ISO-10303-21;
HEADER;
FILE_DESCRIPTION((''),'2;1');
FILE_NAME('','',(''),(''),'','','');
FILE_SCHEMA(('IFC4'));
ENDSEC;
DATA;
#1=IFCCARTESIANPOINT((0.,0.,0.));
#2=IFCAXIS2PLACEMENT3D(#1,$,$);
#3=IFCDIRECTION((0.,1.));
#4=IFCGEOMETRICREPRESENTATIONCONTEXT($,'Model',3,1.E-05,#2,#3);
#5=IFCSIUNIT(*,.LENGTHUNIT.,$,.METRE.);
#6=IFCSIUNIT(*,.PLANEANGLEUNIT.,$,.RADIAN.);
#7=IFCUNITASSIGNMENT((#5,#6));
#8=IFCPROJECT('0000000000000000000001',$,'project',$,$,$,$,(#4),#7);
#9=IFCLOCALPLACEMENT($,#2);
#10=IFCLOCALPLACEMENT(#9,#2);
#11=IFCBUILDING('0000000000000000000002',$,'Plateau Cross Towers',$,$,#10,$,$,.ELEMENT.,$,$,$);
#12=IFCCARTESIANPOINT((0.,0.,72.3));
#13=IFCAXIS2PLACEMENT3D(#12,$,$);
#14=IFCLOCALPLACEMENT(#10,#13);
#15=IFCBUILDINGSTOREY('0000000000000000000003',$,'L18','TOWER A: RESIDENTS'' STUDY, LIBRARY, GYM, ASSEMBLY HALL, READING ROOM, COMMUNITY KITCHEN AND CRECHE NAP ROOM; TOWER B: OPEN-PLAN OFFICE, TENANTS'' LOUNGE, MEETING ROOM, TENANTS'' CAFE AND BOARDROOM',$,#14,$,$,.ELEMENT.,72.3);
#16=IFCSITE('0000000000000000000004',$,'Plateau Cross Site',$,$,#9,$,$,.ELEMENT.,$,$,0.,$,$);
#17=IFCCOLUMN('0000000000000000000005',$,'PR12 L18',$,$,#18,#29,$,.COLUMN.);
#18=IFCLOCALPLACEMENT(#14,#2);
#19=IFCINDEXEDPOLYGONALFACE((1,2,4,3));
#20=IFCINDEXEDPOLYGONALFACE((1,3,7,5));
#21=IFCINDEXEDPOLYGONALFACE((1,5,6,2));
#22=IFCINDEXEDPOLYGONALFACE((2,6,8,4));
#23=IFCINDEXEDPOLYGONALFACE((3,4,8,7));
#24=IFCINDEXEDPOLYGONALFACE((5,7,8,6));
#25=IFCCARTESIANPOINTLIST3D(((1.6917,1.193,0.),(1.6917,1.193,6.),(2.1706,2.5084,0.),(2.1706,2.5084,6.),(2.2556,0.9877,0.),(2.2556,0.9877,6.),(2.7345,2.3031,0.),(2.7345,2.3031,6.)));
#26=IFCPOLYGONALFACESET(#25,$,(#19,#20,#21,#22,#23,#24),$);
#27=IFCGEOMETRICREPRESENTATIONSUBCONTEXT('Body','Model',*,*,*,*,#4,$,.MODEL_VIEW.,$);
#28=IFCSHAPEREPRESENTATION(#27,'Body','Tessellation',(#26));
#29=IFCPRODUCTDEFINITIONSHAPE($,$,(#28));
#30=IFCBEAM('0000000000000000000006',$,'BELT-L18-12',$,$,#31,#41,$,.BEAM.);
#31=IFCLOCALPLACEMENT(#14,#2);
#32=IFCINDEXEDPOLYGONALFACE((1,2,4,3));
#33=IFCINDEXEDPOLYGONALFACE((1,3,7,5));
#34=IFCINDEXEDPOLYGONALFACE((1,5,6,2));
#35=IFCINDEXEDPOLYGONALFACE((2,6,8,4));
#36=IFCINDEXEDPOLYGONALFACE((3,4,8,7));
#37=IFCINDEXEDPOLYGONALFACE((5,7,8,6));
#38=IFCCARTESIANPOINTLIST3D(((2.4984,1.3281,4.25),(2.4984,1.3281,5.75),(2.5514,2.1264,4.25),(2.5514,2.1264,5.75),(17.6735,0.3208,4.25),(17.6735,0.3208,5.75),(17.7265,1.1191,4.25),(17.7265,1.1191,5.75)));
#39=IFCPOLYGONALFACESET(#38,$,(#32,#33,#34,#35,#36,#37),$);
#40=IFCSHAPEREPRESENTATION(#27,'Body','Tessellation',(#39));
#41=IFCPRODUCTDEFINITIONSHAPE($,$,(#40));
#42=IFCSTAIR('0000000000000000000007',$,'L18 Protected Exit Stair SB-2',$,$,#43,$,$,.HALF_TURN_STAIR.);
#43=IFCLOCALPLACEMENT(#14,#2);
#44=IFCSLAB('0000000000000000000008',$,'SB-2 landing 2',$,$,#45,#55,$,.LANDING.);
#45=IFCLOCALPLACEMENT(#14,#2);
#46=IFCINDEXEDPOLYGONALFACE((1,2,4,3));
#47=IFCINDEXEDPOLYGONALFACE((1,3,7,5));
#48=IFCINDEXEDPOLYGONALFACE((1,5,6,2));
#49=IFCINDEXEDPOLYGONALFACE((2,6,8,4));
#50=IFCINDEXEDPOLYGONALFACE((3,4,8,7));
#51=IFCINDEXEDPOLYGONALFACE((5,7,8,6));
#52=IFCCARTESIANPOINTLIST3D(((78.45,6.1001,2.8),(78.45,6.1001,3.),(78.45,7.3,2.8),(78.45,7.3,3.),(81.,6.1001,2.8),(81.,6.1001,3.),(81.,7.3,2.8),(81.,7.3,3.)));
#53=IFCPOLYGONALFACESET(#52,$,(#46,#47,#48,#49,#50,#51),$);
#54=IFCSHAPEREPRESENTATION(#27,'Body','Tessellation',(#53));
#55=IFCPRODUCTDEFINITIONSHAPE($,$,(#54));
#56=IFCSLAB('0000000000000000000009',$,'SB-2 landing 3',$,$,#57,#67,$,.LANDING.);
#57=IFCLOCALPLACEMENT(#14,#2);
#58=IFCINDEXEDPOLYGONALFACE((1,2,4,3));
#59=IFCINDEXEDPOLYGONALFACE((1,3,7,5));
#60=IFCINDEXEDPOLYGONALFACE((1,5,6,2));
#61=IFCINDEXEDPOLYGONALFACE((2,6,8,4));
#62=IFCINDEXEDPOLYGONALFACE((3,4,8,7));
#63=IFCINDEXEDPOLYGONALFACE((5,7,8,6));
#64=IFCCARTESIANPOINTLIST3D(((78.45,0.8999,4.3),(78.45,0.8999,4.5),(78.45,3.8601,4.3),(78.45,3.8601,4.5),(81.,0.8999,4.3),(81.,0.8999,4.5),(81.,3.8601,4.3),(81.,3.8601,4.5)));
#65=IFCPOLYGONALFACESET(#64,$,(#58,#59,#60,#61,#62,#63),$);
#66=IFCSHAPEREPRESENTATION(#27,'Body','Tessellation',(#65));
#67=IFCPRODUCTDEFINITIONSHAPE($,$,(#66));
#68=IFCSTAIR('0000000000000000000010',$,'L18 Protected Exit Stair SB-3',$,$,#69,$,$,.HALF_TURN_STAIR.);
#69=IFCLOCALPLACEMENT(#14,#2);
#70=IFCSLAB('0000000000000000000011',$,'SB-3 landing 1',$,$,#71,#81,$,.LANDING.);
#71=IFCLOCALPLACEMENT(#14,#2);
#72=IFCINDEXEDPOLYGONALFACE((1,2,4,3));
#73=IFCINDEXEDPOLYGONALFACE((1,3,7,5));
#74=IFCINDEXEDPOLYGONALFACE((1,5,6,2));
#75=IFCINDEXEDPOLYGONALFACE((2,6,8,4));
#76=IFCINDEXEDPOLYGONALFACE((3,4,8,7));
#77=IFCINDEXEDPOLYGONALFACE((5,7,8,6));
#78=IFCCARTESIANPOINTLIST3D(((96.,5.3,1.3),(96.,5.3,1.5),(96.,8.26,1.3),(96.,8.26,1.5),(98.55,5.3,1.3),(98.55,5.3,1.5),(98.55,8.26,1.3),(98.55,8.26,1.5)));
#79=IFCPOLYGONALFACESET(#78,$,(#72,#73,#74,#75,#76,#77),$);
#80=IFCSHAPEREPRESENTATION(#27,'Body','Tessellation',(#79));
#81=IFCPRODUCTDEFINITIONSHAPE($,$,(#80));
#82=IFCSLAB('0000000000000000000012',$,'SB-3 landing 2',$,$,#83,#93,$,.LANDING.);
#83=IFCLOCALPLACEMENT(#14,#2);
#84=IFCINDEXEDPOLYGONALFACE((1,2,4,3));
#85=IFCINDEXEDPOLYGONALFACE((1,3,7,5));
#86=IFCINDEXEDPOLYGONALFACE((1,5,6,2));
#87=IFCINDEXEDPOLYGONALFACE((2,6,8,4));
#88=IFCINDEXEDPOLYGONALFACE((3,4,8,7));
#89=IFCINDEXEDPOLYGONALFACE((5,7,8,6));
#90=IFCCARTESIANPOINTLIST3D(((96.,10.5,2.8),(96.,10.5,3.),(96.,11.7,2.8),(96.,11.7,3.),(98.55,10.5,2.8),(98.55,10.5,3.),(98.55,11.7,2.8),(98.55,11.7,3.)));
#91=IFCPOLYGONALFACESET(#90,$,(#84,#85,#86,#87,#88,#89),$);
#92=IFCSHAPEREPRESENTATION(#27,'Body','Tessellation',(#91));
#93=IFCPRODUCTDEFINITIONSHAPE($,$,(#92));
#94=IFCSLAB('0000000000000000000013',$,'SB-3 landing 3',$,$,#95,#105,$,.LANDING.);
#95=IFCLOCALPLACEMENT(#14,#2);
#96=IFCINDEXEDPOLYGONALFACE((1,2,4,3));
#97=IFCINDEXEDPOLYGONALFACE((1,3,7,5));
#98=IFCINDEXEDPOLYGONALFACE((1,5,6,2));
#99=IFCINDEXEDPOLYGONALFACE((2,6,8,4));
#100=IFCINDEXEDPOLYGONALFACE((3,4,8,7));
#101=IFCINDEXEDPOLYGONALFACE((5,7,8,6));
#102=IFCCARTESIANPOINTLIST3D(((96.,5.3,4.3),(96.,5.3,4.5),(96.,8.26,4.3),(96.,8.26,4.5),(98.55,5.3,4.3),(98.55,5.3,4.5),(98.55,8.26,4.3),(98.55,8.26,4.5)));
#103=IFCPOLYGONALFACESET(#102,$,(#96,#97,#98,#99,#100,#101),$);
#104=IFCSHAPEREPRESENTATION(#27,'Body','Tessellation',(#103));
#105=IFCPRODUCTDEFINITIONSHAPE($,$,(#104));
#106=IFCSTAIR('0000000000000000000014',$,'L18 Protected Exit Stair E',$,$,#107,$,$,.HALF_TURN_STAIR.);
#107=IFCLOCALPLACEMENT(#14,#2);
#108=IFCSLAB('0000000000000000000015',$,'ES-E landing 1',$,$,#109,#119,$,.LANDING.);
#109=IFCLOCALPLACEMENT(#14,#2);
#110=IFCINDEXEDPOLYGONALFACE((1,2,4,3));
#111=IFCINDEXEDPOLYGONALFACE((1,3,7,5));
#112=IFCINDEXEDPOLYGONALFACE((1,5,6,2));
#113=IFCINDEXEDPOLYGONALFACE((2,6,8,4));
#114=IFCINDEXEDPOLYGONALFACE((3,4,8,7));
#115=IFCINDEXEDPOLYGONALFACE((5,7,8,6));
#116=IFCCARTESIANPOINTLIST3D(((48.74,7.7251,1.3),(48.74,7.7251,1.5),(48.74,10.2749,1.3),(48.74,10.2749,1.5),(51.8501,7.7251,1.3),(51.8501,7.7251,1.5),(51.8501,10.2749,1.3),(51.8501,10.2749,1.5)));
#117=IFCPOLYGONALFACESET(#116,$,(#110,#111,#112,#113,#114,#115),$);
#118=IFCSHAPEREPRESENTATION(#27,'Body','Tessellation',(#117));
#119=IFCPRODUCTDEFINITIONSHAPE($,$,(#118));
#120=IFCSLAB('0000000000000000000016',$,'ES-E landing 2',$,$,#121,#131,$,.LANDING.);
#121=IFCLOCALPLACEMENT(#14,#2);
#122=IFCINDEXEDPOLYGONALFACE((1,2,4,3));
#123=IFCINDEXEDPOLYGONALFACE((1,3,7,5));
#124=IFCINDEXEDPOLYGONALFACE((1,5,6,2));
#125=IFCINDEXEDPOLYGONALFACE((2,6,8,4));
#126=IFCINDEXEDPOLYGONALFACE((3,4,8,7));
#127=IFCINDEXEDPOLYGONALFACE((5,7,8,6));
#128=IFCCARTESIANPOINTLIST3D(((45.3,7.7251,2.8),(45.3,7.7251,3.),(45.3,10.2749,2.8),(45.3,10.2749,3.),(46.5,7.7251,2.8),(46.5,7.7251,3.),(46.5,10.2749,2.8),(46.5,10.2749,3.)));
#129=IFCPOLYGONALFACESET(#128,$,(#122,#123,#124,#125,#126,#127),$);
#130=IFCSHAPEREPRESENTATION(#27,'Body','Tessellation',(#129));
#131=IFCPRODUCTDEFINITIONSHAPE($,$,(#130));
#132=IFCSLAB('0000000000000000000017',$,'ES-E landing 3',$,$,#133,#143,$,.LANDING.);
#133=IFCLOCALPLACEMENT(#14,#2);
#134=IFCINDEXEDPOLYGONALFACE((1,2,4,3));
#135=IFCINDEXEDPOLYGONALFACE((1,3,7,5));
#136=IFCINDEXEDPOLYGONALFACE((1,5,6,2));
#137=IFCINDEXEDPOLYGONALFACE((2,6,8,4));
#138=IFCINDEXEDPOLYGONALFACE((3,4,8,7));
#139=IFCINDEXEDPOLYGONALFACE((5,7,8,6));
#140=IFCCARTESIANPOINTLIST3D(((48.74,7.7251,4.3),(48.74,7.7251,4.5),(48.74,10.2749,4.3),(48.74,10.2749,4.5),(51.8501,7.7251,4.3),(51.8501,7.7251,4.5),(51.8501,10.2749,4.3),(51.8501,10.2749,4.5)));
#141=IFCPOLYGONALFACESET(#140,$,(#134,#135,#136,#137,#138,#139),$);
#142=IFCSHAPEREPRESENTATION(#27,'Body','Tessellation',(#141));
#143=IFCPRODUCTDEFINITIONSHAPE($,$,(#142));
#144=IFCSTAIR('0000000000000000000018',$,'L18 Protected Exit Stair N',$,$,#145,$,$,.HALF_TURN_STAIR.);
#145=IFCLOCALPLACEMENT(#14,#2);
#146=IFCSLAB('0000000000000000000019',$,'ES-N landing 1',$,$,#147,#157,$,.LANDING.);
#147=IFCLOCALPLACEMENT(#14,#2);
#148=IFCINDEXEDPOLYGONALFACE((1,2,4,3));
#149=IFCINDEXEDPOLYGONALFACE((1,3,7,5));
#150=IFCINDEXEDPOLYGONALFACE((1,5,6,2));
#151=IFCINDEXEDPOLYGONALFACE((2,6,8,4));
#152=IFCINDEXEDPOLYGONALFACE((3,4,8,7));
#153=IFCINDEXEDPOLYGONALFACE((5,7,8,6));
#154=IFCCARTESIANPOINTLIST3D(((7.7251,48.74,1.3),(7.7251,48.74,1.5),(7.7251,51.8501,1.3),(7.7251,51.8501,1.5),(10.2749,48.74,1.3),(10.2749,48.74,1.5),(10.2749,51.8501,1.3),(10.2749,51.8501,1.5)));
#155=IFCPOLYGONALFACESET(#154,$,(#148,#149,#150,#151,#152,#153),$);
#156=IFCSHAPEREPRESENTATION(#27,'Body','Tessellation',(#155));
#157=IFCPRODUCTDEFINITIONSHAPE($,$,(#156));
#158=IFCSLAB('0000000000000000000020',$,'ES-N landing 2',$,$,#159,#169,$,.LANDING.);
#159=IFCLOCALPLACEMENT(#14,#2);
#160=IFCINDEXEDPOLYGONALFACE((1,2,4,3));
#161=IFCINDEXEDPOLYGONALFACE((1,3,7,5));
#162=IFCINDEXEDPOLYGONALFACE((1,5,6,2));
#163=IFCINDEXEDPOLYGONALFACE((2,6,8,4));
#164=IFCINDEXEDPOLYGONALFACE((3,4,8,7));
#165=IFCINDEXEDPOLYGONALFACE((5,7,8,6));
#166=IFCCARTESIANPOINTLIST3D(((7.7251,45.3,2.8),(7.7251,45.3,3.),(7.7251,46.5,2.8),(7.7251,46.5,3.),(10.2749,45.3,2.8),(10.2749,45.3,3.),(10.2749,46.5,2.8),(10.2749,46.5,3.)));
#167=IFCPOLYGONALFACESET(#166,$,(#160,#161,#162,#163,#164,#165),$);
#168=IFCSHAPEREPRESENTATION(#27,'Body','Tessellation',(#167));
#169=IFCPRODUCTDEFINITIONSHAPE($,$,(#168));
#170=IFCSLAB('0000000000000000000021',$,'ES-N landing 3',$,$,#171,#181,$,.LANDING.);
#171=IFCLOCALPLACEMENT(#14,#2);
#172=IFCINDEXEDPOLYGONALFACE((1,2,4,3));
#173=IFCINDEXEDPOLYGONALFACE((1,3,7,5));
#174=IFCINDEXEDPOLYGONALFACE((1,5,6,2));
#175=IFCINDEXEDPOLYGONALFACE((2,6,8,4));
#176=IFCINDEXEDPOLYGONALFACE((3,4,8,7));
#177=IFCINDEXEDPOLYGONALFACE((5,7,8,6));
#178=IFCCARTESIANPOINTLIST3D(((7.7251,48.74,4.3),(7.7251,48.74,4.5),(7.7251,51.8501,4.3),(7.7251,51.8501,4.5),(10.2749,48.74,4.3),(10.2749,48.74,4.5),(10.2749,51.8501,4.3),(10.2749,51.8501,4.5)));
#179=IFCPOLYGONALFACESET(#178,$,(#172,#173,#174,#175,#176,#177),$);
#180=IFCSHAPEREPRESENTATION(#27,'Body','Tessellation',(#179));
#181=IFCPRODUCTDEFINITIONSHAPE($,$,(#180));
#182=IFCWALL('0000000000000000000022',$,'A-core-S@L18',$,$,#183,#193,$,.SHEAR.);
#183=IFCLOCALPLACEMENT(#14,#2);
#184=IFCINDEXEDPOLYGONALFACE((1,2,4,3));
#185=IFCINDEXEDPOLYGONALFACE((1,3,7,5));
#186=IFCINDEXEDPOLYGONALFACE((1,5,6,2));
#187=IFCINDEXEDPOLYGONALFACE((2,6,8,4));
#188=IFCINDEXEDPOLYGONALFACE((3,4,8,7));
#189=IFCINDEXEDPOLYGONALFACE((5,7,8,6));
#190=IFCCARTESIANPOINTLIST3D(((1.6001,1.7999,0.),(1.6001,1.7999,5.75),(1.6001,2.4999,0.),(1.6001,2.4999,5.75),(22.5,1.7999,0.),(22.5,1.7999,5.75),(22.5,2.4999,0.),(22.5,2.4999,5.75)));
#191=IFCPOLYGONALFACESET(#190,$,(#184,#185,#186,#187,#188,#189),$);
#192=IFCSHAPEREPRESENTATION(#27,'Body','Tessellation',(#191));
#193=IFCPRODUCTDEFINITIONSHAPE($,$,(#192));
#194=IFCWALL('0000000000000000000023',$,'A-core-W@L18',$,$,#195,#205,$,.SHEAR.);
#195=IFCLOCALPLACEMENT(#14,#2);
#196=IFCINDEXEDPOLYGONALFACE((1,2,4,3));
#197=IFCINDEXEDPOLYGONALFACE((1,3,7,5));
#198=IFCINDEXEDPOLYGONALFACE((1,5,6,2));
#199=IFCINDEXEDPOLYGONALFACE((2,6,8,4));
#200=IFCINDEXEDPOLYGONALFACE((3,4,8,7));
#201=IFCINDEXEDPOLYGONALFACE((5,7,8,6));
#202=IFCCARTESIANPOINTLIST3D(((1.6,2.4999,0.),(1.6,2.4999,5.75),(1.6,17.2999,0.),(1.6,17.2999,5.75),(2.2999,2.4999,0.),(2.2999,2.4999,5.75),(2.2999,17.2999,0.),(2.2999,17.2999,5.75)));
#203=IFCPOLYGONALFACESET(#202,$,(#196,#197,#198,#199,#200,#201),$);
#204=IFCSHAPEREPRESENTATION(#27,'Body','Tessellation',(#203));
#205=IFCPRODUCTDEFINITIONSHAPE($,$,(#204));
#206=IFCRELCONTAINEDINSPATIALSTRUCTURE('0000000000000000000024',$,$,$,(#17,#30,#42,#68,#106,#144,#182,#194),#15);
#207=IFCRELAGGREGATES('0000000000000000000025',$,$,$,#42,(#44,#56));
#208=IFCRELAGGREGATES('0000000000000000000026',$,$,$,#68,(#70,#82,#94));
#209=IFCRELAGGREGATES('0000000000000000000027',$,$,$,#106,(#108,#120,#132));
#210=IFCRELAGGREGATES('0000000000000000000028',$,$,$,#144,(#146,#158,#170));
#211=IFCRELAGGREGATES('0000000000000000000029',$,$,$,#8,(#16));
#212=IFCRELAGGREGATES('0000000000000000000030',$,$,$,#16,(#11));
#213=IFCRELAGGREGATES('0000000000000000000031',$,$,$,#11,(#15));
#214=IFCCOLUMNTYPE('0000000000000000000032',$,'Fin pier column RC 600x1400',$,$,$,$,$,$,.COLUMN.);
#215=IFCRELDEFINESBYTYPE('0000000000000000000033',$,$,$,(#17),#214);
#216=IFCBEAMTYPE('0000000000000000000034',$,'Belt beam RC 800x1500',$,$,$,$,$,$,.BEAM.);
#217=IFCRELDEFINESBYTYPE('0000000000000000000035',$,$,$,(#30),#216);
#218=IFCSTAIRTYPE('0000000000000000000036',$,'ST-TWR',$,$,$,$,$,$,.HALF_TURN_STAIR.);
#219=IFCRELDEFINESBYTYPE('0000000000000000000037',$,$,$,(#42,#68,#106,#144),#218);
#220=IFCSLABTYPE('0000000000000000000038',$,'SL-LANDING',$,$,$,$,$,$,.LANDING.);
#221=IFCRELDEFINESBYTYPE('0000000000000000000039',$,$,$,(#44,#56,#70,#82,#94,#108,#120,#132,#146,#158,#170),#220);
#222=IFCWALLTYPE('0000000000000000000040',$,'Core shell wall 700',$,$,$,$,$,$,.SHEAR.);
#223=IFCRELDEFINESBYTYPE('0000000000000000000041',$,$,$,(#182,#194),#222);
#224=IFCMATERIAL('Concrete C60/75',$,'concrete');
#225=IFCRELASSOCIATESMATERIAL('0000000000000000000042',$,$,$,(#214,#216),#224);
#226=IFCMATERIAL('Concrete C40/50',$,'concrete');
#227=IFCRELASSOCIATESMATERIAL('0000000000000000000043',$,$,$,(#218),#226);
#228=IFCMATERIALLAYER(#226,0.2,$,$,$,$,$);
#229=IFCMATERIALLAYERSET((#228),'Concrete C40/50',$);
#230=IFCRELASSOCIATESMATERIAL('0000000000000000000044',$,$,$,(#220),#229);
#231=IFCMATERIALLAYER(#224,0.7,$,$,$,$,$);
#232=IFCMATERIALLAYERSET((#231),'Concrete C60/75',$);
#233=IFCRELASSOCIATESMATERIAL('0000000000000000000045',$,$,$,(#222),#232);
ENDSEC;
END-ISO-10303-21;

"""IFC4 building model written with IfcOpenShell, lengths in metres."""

from ifc_helpers import new_model, si_unit, direction, frame, frame_2d, origin, origin_2d, place, context, subcontext, project, spatial, polyline, rectangle, outline, extrude, material, layer, layer_set, material_profile, profile_set, type_object, element, aggregate, save


model = new_model("IFC4")

# Units and contexts
model_context = context("Model", 3, precision=1e-05, world=origin(), true_north=direction((0.0, 1.0)))
body_context = subcontext(model_context, "Body", "Model", "MODEL_VIEW")
ifc_project = project(units=[si_unit("LENGTHUNIT", "METRE"), si_unit("PLANEANGLEUNIT", "RADIAN")], contexts=[model_context])

# Site, building, storey
site_placement = place(None, origin())
site = spatial("IfcSite", under=ifc_project, at=site_placement, Name="Plateau Cross Site", CompositionType="ELEMENT", RefElevation=0.0)
building_placement = place(site_placement, origin())
building = spatial("IfcBuilding", under=site, at=building_placement, Name="Plateau Cross Towers", CompositionType="ELEMENT")
storey_placement = place(building_placement, frame((0.0, 0.0, 72.3)))
storey = spatial("IfcBuildingStorey", under=building, at=storey_placement, Name="L18", Description="TOWER A: RESIDENTS' STUDY, LIBRARY, GYM, ASSEMBLY HALL, READING ROOM, COMMUNITY KITCHEN AND CRECHE NAP ROOM; TOWER B: OPEN-PLAN OFFICE, TENANTS' LOUNGE, MEETING ROOM, TENANTS' CAFE AND BOARDROOM", CompositionType="ELEMENT", Elevation=72.3)

# Column
ifc_material_1 = material(Name="Concrete C60/75", Category="concrete")
ifc_material_profile_1 = material_profile(ifc_material_1, rectangle(XDim=0.6001, YDim=1.3999, at=origin_2d()), Name="RC 600x1400")
ifc_profile_set_1 = profile_set([ifc_material_profile_1], Name="Concrete C60/75")
column_type = type_object("IfcColumnType", Name="Fin pier column RC 600x1400", PredefinedType="COLUMN", material=ifc_profile_set_1)
column_placement = place(storey_placement, frame((2.2131, 1.748, 0.0), z_axis=(0.0, 0.0, 1.0), x_axis=(-0.939664, 0.342098, 0.0)))
element("IfcColumn", 1, at=column_placement, inside=storey, type_object=column_type, Name="PR12 L18", PredefinedType="COLUMN", context=body_context, shape_type="SweptSolid", body=[
    extrude(rectangle(XDim=0.6001, YDim=1.3999, at=origin_2d()), origin(), (0.0, 0.0, 1.0), 6.0),
])

# Beam
ifc_material_profile_2 = material_profile(ifc_material_1, rectangle(XDim=0.8, YDim=1.5, at=origin_2d()), Name="RC 800x1500")
ifc_profile_set_2 = profile_set([ifc_material_profile_2], Name="Concrete C60/75")
beam_type = type_object("IfcBeamType", Name="Belt beam RC 800x1500", PredefinedType="BEAM", material=ifc_profile_set_2)
beam_placement = place(storey_placement, frame((2.5249, 1.7273, 5.0), z_axis=(0.997804, -0.066235, 0.0), x_axis=(0.066235, 0.997804, 0.0)))
element("IfcBeam", 2, at=beam_placement, inside=storey, type_object=beam_type, Name="BELT-L18-12", PredefinedType="BEAM", context=body_context, shape_type="SweptSolid", body=[
    extrude(rectangle(XDim=0.8, YDim=1.5, at=origin_2d()), origin(), (0.0, 0.0, 1.0), 15.2085),
])

# Stairs, slabs
ifc_material_2 = material(Name="Concrete C40/50", Category="concrete")
stair_type = type_object("IfcStairType", Name="ST-TWR", PredefinedType="HALF_TURN_STAIR", material=ifc_material_2)
stair_1_placement = place(storey_placement, origin())
stair_1 = element("IfcStair", 3, at=stair_1_placement, inside=storey, type_object=stair_type, Name="L18 Protected Exit Stair SB-2", PredefinedType="HALF_TURN_STAIR")
ifc_layer_1 = layer(ifc_material_2, 0.2)
ifc_layer_set_1 = layer_set([ifc_layer_1], Name="Concrete C40/50")
slab_type = type_object("IfcSlabType", Name="SL-LANDING", PredefinedType="LANDING", material=ifc_layer_set_1)
slab_1_placement = place(storey_placement, frame((0.0, 0.0, 2.8)))
slab_1 = element("IfcSlab", 4, at=slab_1_placement, type_object=slab_type, Name="SB-2 landing 2", PredefinedType="LANDING", context=body_context, shape_type="SweptSolid", body=[
    extrude(outline(polyline([(78.45, 7.3), (78.45, 6.1001), (81.0, 6.1001), (81.0, 7.3), (78.45, 7.3)])), origin(), (0.0, 0.0, 1.0), 0.2),
])
slab_2_placement = place(storey_placement, frame((0.0, 0.0, 4.3)))
slab_2 = element("IfcSlab", 5, at=slab_2_placement, type_object=slab_type, Name="SB-2 landing 3", PredefinedType="LANDING", context=body_context, shape_type="SweptSolid", body=[
    extrude(outline(polyline([(78.45, 3.8601), (78.45, 0.8999), (81.0, 0.8999), (81.0, 3.8601), (78.45, 3.8601)])), origin(), (0.0, 0.0, 1.0), 0.2),
])
aggregate(stair_1, [slab_1, slab_2])
stair_2_placement = place(storey_placement, origin())
stair_2 = element("IfcStair", 6, at=stair_2_placement, inside=storey, type_object=stair_type, Name="L18 Protected Exit Stair SB-3", PredefinedType="HALF_TURN_STAIR")
slab_3_placement = place(storey_placement, frame((0.0, 0.0, 1.3)))
slab_3 = element("IfcSlab", 7, at=slab_3_placement, type_object=slab_type, Name="SB-3 landing 1", PredefinedType="LANDING", context=body_context, shape_type="SweptSolid", body=[
    extrude(outline(polyline([(96.0, 8.26), (96.0, 5.3), (98.55, 5.3), (98.55, 8.26), (96.0, 8.26)])), origin(), (0.0, 0.0, 1.0), 0.2),
])
slab_4_placement = place(storey_placement, frame((0.0, 0.0, 2.8)))
slab_4 = element("IfcSlab", 8, at=slab_4_placement, type_object=slab_type, Name="SB-3 landing 2", PredefinedType="LANDING", context=body_context, shape_type="SweptSolid", body=[
    extrude(outline(polyline([(96.0, 11.7), (96.0, 10.5), (98.55, 10.5), (98.55, 11.7), (96.0, 11.7)])), origin(), (0.0, 0.0, 1.0), 0.2),
])
slab_5_placement = place(storey_placement, frame((0.0, 0.0, 4.3)))
slab_5 = element("IfcSlab", 9, at=slab_5_placement, type_object=slab_type, Name="SB-3 landing 3", PredefinedType="LANDING", context=body_context, shape_type="SweptSolid", body=[
    extrude(outline(polyline([(96.0, 8.26), (96.0, 5.3), (98.55, 5.3), (98.55, 8.26), (96.0, 8.26)])), origin(), (0.0, 0.0, 1.0), 0.2),
])
aggregate(stair_2, [slab_3, slab_4, slab_5])
stair_3_placement = place(storey_placement, origin())
stair_3 = element("IfcStair", 10, at=stair_3_placement, inside=storey, type_object=stair_type, Name="L18 Protected Exit Stair E", PredefinedType="HALF_TURN_STAIR")
slab_6_placement = place(storey_placement, frame((0.0, 0.0, 1.3)))
slab_6 = element("IfcSlab", 11, at=slab_6_placement, type_object=slab_type, Name="ES-E landing 1", PredefinedType="LANDING", context=body_context, shape_type="SweptSolid", body=[
    extrude(outline(polyline([(48.74, 7.7251), (51.8501, 7.7251), (51.8501, 10.2749), (48.74, 10.2749), (48.74, 7.7251)])), origin(), (0.0, 0.0, 1.0), 0.2),
])
slab_7_placement = place(storey_placement, frame((0.0, 0.0, 2.8)))
slab_7 = element("IfcSlab", 12, at=slab_7_placement, type_object=slab_type, Name="ES-E landing 2", PredefinedType="LANDING", context=body_context, shape_type="SweptSolid", body=[
    extrude(outline(polyline([(45.3, 7.7251), (46.5, 7.7251), (46.5, 10.2749), (45.3, 10.2749), (45.3, 7.7251)])), origin(), (0.0, 0.0, 1.0), 0.2),
])
slab_8_placement = place(storey_placement, frame((0.0, 0.0, 4.3)))
slab_8 = element("IfcSlab", 13, at=slab_8_placement, type_object=slab_type, Name="ES-E landing 3", PredefinedType="LANDING", context=body_context, shape_type="SweptSolid", body=[
    extrude(outline(polyline([(48.74, 7.7251), (51.8501, 7.7251), (51.8501, 10.2749), (48.74, 10.2749), (48.74, 7.7251)])), origin(), (0.0, 0.0, 1.0), 0.2),
])
aggregate(stair_3, [slab_6, slab_7, slab_8])
stair_4_placement = place(storey_placement, origin())
stair_4 = element("IfcStair", 14, at=stair_4_placement, inside=storey, type_object=stair_type, Name="L18 Protected Exit Stair N", PredefinedType="HALF_TURN_STAIR")
slab_9_placement = place(storey_placement, frame((0.0, 0.0, 1.3)))
slab_9 = element("IfcSlab", 15, at=slab_9_placement, type_object=slab_type, Name="ES-N landing 1", PredefinedType="LANDING", context=body_context, shape_type="SweptSolid", body=[
    extrude(outline(polyline([(10.2749, 48.74), (10.2749, 51.8501), (7.7251, 51.8501), (7.7251, 48.74), (10.2749, 48.74)])), origin(), (0.0, 0.0, 1.0), 0.2),
])
slab_10_placement = place(storey_placement, frame((0.0, 0.0, 2.8)))
slab_10 = element("IfcSlab", 16, at=slab_10_placement, type_object=slab_type, Name="ES-N landing 2", PredefinedType="LANDING", context=body_context, shape_type="SweptSolid", body=[
    extrude(outline(polyline([(10.2749, 45.3), (10.2749, 46.5), (7.7251, 46.5), (7.7251, 45.3), (10.2749, 45.3)])), origin(), (0.0, 0.0, 1.0), 0.2),
])
slab_11_placement = place(storey_placement, frame((0.0, 0.0, 4.3)))
slab_11 = element("IfcSlab", 17, at=slab_11_placement, type_object=slab_type, Name="ES-N landing 3", PredefinedType="LANDING", context=body_context, shape_type="SweptSolid", body=[
    extrude(outline(polyline([(10.2749, 48.74), (10.2749, 51.8501), (7.7251, 51.8501), (7.7251, 48.74), (10.2749, 48.74)])), origin(), (0.0, 0.0, 1.0), 0.2),
])
aggregate(stair_4, [slab_9, slab_10, slab_11])

# Walls
ifc_layer_2 = layer(ifc_material_1, 0.7)
ifc_layer_set_2 = layer_set([ifc_layer_2], Name="Concrete C60/75")
wall_type = type_object("IfcWallType", Name="Core shell wall 700", PredefinedType="SHEAR", material=ifc_layer_set_2)
wall_1_placement = place(storey_placement, frame((1.6001, 2.1499, 0.0), z_axis=(0.0, 0.0, 1.0), x_axis=(1.0, 0.0, 0.0)))
element("IfcWall", 18, at=wall_1_placement, inside=storey, type_object=wall_type, Name="A-core-S@L18", PredefinedType="SHEAR", context=body_context, shape_type="SweptSolid", body=[
    extrude(rectangle(XDim=20.8999, YDim=0.7, at=frame_2d((10.45, 0.0))), origin(), (0.0, 0.0, 1.0), 5.75),
])
wall_2_placement = place(storey_placement, frame((1.95, 2.5, 0.0), z_axis=(0.0, 0.0, 1.0), x_axis=(0.0, 1.0, 0.0)))
element("IfcWall", 19, at=wall_2_placement, inside=storey, type_object=wall_type, Name="A-core-W@L18", PredefinedType="SHEAR", context=body_context, shape_type="SweptSolid", body=[
    extrude(rectangle(XDim=14.8, YDim=0.7, at=frame_2d((7.3999, 0.0))), origin(), (0.0, 0.0, 1.0), 5.75),
])

save(model, "model.ifc")
